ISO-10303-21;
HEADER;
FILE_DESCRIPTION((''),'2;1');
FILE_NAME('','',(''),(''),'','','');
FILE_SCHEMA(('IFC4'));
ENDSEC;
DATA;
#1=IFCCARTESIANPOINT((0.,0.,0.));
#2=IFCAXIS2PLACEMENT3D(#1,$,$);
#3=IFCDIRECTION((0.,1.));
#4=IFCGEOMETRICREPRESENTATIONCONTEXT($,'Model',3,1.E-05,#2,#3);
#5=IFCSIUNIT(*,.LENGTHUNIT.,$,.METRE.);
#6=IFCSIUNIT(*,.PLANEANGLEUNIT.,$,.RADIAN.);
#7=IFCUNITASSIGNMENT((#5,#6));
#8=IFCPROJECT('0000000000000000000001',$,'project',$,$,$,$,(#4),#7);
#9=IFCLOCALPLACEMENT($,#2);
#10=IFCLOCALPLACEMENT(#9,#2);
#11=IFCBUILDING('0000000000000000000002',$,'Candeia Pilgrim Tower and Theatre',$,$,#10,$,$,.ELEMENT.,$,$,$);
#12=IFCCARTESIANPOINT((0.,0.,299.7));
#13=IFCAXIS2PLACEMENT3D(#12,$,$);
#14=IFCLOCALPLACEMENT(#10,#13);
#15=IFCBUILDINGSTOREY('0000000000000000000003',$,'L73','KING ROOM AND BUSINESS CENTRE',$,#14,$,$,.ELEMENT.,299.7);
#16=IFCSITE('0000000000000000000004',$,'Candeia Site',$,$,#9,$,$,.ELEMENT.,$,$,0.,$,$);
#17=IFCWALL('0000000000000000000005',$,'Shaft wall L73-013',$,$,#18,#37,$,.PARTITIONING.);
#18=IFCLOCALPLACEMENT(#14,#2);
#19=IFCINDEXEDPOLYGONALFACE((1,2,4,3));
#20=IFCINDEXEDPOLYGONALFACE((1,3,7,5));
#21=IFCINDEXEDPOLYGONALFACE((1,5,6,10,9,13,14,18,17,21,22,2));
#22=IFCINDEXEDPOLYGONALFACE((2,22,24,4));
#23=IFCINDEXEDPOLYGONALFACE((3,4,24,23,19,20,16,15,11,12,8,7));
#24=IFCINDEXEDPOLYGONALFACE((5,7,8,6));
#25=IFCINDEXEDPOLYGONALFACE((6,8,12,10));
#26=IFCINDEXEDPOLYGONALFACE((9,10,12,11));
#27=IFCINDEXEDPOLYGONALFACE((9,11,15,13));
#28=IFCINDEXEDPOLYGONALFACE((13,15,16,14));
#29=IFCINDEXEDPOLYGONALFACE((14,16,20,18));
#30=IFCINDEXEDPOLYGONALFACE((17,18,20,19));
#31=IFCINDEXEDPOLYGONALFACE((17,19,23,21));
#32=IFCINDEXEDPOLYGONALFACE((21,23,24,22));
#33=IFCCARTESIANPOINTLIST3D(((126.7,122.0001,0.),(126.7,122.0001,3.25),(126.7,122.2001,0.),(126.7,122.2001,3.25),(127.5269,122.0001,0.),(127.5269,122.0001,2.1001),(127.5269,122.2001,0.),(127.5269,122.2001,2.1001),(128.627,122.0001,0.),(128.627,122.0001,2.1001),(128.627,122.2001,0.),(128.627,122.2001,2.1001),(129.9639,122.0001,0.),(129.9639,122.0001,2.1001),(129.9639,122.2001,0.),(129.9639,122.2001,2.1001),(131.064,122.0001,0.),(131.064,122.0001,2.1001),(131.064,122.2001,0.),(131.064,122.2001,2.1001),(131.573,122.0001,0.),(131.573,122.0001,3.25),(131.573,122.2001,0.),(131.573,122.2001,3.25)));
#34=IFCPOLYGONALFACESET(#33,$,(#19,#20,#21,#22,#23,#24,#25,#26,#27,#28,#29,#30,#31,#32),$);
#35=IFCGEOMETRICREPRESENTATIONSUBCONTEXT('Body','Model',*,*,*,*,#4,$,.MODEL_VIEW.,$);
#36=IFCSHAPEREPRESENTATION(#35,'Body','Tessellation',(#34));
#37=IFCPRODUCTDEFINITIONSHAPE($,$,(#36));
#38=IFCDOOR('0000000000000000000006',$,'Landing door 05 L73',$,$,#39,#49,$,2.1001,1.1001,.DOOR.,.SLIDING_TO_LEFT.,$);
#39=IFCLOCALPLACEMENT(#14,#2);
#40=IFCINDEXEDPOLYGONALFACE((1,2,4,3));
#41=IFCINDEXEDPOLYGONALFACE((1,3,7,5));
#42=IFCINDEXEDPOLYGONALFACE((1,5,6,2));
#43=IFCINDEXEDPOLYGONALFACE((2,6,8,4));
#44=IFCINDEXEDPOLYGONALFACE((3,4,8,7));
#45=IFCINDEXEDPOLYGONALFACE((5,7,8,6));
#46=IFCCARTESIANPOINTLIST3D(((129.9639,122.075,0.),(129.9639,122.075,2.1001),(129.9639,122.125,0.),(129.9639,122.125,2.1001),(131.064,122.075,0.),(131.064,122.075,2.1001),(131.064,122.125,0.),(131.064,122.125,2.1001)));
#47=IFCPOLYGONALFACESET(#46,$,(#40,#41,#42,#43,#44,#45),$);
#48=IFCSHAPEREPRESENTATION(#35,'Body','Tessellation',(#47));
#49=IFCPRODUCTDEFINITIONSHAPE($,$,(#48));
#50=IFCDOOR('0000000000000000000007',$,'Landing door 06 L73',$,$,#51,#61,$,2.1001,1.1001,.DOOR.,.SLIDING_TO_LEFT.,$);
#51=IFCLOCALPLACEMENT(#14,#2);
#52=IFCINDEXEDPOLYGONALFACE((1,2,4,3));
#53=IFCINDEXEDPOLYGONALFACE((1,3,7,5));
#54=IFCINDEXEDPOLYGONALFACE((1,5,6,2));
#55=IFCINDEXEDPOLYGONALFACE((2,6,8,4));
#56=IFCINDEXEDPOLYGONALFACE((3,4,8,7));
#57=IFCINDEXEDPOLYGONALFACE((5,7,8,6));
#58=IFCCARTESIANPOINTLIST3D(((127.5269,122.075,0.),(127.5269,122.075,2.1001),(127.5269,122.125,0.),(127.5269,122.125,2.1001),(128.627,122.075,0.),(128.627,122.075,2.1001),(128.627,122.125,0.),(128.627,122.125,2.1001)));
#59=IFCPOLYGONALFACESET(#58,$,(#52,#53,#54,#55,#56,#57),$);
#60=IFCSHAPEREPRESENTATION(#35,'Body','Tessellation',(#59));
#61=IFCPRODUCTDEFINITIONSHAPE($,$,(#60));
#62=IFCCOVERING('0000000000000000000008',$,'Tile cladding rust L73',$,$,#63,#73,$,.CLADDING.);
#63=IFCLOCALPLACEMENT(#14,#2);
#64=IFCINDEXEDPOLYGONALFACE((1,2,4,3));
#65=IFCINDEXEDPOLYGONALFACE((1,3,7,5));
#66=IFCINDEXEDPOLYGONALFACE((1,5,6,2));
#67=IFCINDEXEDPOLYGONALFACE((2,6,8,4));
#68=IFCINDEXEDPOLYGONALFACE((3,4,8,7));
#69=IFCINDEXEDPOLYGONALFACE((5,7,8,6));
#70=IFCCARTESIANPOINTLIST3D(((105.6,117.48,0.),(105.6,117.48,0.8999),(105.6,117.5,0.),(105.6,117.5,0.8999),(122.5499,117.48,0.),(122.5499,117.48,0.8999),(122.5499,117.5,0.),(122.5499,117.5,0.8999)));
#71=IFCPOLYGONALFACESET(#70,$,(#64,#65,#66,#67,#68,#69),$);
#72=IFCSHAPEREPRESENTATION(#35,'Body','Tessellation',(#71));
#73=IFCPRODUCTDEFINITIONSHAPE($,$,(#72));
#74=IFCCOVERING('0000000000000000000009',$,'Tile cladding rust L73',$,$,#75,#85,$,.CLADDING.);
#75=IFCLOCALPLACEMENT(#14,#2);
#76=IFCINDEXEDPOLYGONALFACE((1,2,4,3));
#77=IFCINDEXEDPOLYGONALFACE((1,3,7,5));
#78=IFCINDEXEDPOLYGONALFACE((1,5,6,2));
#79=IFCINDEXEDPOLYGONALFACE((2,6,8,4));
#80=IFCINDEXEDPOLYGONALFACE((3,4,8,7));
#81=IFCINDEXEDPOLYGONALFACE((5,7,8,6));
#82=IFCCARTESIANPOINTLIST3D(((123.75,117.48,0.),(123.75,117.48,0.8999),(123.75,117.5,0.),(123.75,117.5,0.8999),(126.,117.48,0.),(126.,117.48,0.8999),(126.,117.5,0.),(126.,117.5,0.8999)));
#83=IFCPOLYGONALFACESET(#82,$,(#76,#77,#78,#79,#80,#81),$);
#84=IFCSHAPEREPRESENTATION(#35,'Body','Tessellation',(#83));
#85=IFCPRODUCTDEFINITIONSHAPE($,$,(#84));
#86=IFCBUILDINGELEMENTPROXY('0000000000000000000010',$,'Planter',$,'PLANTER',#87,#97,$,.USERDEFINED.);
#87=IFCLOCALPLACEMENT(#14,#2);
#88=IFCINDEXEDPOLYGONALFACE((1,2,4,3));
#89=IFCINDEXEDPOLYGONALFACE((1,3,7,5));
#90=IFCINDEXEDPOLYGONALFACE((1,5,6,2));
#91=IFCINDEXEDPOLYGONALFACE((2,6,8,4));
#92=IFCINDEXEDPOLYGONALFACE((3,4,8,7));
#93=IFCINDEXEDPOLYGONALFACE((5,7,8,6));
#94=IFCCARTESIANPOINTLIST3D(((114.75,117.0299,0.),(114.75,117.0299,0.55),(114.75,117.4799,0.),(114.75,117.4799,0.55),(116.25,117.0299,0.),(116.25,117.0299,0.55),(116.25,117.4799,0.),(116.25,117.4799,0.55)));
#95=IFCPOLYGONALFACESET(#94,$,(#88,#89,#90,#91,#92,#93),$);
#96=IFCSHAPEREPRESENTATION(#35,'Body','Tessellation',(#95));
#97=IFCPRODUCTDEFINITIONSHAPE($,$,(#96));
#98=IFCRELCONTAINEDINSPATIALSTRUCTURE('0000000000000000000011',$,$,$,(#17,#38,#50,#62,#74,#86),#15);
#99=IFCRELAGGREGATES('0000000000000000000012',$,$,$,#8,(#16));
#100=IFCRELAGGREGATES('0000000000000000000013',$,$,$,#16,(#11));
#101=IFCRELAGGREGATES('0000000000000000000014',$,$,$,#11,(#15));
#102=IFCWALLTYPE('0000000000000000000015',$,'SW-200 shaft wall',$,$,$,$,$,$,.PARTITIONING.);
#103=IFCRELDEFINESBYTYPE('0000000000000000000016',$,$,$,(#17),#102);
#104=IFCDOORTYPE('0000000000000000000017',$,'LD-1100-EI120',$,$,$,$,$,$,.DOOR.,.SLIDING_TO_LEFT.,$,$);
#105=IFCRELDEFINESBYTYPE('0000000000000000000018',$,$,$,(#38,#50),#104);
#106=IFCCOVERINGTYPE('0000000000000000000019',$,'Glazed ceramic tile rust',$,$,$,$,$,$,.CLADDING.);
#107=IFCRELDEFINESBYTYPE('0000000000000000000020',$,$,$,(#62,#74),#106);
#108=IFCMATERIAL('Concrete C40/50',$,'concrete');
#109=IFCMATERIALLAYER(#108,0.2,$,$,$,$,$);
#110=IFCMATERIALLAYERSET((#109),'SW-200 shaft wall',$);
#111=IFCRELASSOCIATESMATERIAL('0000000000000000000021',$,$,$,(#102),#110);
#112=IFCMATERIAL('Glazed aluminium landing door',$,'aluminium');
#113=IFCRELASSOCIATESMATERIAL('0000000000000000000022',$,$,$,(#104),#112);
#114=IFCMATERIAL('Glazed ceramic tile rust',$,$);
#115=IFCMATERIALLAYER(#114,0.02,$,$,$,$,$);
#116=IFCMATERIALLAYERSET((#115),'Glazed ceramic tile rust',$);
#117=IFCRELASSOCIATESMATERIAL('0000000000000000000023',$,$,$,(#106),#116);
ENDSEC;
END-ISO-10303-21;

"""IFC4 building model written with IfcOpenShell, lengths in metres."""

from ifc_helpers import new_model, si_unit, direction, frame, frame_2d, origin, origin_2d, place, context, subcontext, project, spatial, rectangle, extrude, material, layer, layer_set, type_object, element, fill, save


model = new_model("IFC4")

# Units and contexts
model_context = context("Model", 3, precision=1e-05, world=origin(), true_north=direction((0.0, 1.0)))
body_context = subcontext(model_context, "Body", "Model", "MODEL_VIEW")
ifc_project = project(units=[si_unit("LENGTHUNIT", "METRE"), si_unit("PLANEANGLEUNIT", "RADIAN")], contexts=[model_context])

# Site, building, storey
site_placement = place(None, origin())
site = spatial("IfcSite", under=ifc_project, at=site_placement, Name="Candeia Site", CompositionType="ELEMENT", RefElevation=0.0)
building_placement = place(site_placement, origin())
building = spatial("IfcBuilding", under=site, at=building_placement, Name="Candeia Pilgrim Tower and Theatre", CompositionType="ELEMENT")
storey_placement = place(building_placement, frame((0.0, 0.0, 299.7)))
storey = spatial("IfcBuildingStorey", under=building, at=storey_placement, Name="L73", Description="KING ROOM AND BUSINESS CENTRE", CompositionType="ELEMENT", Elevation=299.7)

# Shared definitions
ifc_material_1 = material(Name="Concrete C40/50", Category="concrete")

# Shared definitions
ifc_layer_1 = layer(ifc_material_1, 0.2)
ifc_layer_set_1 = layer_set([ifc_layer_1], Name="SW-200 shaft wall")
wall_type_1 = type_object("IfcWallType", Name="SW-200 shaft wall", PredefinedType="PARTITIONING", material=ifc_layer_set_1)

# Wall, openings, doors
wall_1_placement = place(storey_placement, frame((126.7, 122.1001, 0.0), z_axis=(0.0, 0.0, 1.0), x_axis=(1.0, 0.0, 0.0)))
wall_1 = element("IfcWall", 1, at=wall_1_placement, inside=storey, type_object=wall_type_1, Name="Shaft wall L73-013", PredefinedType="PARTITIONING", context=body_context, shape_type="SweptSolid", body=[
    extrude(rectangle(XDim=4.873, YDim=0.2, at=frame_2d((2.4365, 0.0))), origin(), (0.0, 0.0, 1.0), 3.25),
])
opening_1_placement = place(wall_1_placement, frame((3.2639, 0.0, 0.0)))
opening_1 = element("IfcOpeningElement", 2, at=opening_1_placement, cuts=wall_1, PredefinedType="OPENING", context=body_context, shape_type="SweptSolid", body=[
    extrude(rectangle(XDim=1.1001, YDim=2.1001, at=frame_2d((0.55, 1.05))), frame((0.0, 0.1099, 0.0), z_axis=(0.0, -1.0, 0.0), x_axis=(1.0, 0.0, 0.0)), (0.0, 0.0, 1.0), 0.22),
])
opening_2_placement = place(wall_1_placement, frame((0.8269, 0.0, 0.0)))
opening_2 = element("IfcOpeningElement", 3, at=opening_2_placement, cuts=wall_1, PredefinedType="OPENING", context=body_context, shape_type="SweptSolid", body=[
    extrude(rectangle(XDim=1.1001, YDim=2.1001, at=frame_2d((0.55, 1.05))), frame((0.0, 0.1099, 0.0), z_axis=(0.0, -1.0, 0.0), x_axis=(1.0, 0.0, 0.0)), (0.0, 0.0, 1.0), 0.22),
])
ifc_material_2 = material(Name="Glazed aluminium landing door", Category="aluminium")
door_type_1 = type_object("IfcDoorType", Name="LD-1100-EI120", OperationType="SLIDING_TO_LEFT", PredefinedType="DOOR", material=ifc_material_2)
door_1_placement = place(opening_1_placement, origin())
door_1 = element("IfcDoor", 4, at=door_1_placement, inside=storey, type_object=door_type_1, Name="Landing door 05 L73", OperationType="SLIDING_TO_LEFT", OverallHeight=2.1001, OverallWidth=1.1001, PredefinedType="DOOR", context=body_context, shape_type="SweptSolid", body=[
    extrude(rectangle(XDim=1.1001, YDim=2.1001, at=frame_2d((0.55, 1.05))), frame((0.0, 0.0249, 0.0), z_axis=(0.0, -1.0, 0.0), x_axis=(1.0, 0.0, 0.0)), (0.0, 0.0, 1.0), 0.05),
])
fill(opening_1, door_1)
door_2_placement = place(opening_2_placement, origin())
door_2 = element("IfcDoor", 5, at=door_2_placement, inside=storey, type_object=door_type_1, Name="Landing door 06 L73", OperationType="SLIDING_TO_LEFT", OverallHeight=2.1001, OverallWidth=1.1001, PredefinedType="DOOR", context=body_context, shape_type="SweptSolid", body=[
    extrude(rectangle(XDim=1.1001, YDim=2.1001, at=frame_2d((0.55, 1.05))), frame((0.0, 0.0249, 0.0), z_axis=(0.0, -1.0, 0.0), x_axis=(1.0, 0.0, 0.0)), (0.0, 0.0, 1.0), 0.05),
])
fill(opening_2, door_2)

# Coverings
ifc_material_3 = material(Name="Glazed ceramic tile rust")
ifc_layer_2 = layer(ifc_material_3, 0.02)
ifc_layer_set_2 = layer_set([ifc_layer_2], Name="Glazed ceramic tile rust")
covering_type = type_object("IfcCoveringType", Name="Glazed ceramic tile rust", PredefinedType="CLADDING", material=ifc_layer_set_2)
covering_1_placement = place(storey_placement, frame((114.075, 117.49, 0.0), z_axis=(0.0, 0.0, 1.0), x_axis=(1.0, 0.0, 0.0)))
element("IfcCovering", 6, at=covering_1_placement, inside=storey, type_object=covering_type, Name="Tile cladding rust L73", PredefinedType="CLADDING", context=body_context, shape_type="SweptSolid", body=[
    extrude(rectangle(XDim=16.95, YDim=0.02, at=origin_2d()), origin(), (0.0, 0.0, 1.0), 0.8999),
])
covering_2_placement = place(storey_placement, frame((124.875, 117.49, 0.0), z_axis=(0.0, 0.0, 1.0), x_axis=(1.0, 0.0, 0.0)))
element("IfcCovering", 7, at=covering_2_placement, inside=storey, type_object=covering_type, Name="Tile cladding rust L73", PredefinedType="CLADDING", context=body_context, shape_type="SweptSolid", body=[
    extrude(rectangle(XDim=2.25, YDim=0.02, at=origin_2d()), origin(), (0.0, 0.0, 1.0), 0.8999),
])

# Building element proxy
proxy_placement = place(storey_placement, frame((115.5, 117.2549, 0.0), z_axis=(0.0, 0.0, 1.0), x_axis=(1.0, 0.0, 0.0)))
element("IfcBuildingElementProxy", 8, at=proxy_placement, inside=storey, Name="Planter", ObjectType="PLANTER", PredefinedType="USERDEFINED", context=body_context, shape_type="SweptSolid", body=[
    extrude(rectangle(XDim=1.5, YDim=0.45, at=origin_2d()), origin(), (0.0, 0.0, 1.0), 0.55),
])

save(model, "model.ifc")
